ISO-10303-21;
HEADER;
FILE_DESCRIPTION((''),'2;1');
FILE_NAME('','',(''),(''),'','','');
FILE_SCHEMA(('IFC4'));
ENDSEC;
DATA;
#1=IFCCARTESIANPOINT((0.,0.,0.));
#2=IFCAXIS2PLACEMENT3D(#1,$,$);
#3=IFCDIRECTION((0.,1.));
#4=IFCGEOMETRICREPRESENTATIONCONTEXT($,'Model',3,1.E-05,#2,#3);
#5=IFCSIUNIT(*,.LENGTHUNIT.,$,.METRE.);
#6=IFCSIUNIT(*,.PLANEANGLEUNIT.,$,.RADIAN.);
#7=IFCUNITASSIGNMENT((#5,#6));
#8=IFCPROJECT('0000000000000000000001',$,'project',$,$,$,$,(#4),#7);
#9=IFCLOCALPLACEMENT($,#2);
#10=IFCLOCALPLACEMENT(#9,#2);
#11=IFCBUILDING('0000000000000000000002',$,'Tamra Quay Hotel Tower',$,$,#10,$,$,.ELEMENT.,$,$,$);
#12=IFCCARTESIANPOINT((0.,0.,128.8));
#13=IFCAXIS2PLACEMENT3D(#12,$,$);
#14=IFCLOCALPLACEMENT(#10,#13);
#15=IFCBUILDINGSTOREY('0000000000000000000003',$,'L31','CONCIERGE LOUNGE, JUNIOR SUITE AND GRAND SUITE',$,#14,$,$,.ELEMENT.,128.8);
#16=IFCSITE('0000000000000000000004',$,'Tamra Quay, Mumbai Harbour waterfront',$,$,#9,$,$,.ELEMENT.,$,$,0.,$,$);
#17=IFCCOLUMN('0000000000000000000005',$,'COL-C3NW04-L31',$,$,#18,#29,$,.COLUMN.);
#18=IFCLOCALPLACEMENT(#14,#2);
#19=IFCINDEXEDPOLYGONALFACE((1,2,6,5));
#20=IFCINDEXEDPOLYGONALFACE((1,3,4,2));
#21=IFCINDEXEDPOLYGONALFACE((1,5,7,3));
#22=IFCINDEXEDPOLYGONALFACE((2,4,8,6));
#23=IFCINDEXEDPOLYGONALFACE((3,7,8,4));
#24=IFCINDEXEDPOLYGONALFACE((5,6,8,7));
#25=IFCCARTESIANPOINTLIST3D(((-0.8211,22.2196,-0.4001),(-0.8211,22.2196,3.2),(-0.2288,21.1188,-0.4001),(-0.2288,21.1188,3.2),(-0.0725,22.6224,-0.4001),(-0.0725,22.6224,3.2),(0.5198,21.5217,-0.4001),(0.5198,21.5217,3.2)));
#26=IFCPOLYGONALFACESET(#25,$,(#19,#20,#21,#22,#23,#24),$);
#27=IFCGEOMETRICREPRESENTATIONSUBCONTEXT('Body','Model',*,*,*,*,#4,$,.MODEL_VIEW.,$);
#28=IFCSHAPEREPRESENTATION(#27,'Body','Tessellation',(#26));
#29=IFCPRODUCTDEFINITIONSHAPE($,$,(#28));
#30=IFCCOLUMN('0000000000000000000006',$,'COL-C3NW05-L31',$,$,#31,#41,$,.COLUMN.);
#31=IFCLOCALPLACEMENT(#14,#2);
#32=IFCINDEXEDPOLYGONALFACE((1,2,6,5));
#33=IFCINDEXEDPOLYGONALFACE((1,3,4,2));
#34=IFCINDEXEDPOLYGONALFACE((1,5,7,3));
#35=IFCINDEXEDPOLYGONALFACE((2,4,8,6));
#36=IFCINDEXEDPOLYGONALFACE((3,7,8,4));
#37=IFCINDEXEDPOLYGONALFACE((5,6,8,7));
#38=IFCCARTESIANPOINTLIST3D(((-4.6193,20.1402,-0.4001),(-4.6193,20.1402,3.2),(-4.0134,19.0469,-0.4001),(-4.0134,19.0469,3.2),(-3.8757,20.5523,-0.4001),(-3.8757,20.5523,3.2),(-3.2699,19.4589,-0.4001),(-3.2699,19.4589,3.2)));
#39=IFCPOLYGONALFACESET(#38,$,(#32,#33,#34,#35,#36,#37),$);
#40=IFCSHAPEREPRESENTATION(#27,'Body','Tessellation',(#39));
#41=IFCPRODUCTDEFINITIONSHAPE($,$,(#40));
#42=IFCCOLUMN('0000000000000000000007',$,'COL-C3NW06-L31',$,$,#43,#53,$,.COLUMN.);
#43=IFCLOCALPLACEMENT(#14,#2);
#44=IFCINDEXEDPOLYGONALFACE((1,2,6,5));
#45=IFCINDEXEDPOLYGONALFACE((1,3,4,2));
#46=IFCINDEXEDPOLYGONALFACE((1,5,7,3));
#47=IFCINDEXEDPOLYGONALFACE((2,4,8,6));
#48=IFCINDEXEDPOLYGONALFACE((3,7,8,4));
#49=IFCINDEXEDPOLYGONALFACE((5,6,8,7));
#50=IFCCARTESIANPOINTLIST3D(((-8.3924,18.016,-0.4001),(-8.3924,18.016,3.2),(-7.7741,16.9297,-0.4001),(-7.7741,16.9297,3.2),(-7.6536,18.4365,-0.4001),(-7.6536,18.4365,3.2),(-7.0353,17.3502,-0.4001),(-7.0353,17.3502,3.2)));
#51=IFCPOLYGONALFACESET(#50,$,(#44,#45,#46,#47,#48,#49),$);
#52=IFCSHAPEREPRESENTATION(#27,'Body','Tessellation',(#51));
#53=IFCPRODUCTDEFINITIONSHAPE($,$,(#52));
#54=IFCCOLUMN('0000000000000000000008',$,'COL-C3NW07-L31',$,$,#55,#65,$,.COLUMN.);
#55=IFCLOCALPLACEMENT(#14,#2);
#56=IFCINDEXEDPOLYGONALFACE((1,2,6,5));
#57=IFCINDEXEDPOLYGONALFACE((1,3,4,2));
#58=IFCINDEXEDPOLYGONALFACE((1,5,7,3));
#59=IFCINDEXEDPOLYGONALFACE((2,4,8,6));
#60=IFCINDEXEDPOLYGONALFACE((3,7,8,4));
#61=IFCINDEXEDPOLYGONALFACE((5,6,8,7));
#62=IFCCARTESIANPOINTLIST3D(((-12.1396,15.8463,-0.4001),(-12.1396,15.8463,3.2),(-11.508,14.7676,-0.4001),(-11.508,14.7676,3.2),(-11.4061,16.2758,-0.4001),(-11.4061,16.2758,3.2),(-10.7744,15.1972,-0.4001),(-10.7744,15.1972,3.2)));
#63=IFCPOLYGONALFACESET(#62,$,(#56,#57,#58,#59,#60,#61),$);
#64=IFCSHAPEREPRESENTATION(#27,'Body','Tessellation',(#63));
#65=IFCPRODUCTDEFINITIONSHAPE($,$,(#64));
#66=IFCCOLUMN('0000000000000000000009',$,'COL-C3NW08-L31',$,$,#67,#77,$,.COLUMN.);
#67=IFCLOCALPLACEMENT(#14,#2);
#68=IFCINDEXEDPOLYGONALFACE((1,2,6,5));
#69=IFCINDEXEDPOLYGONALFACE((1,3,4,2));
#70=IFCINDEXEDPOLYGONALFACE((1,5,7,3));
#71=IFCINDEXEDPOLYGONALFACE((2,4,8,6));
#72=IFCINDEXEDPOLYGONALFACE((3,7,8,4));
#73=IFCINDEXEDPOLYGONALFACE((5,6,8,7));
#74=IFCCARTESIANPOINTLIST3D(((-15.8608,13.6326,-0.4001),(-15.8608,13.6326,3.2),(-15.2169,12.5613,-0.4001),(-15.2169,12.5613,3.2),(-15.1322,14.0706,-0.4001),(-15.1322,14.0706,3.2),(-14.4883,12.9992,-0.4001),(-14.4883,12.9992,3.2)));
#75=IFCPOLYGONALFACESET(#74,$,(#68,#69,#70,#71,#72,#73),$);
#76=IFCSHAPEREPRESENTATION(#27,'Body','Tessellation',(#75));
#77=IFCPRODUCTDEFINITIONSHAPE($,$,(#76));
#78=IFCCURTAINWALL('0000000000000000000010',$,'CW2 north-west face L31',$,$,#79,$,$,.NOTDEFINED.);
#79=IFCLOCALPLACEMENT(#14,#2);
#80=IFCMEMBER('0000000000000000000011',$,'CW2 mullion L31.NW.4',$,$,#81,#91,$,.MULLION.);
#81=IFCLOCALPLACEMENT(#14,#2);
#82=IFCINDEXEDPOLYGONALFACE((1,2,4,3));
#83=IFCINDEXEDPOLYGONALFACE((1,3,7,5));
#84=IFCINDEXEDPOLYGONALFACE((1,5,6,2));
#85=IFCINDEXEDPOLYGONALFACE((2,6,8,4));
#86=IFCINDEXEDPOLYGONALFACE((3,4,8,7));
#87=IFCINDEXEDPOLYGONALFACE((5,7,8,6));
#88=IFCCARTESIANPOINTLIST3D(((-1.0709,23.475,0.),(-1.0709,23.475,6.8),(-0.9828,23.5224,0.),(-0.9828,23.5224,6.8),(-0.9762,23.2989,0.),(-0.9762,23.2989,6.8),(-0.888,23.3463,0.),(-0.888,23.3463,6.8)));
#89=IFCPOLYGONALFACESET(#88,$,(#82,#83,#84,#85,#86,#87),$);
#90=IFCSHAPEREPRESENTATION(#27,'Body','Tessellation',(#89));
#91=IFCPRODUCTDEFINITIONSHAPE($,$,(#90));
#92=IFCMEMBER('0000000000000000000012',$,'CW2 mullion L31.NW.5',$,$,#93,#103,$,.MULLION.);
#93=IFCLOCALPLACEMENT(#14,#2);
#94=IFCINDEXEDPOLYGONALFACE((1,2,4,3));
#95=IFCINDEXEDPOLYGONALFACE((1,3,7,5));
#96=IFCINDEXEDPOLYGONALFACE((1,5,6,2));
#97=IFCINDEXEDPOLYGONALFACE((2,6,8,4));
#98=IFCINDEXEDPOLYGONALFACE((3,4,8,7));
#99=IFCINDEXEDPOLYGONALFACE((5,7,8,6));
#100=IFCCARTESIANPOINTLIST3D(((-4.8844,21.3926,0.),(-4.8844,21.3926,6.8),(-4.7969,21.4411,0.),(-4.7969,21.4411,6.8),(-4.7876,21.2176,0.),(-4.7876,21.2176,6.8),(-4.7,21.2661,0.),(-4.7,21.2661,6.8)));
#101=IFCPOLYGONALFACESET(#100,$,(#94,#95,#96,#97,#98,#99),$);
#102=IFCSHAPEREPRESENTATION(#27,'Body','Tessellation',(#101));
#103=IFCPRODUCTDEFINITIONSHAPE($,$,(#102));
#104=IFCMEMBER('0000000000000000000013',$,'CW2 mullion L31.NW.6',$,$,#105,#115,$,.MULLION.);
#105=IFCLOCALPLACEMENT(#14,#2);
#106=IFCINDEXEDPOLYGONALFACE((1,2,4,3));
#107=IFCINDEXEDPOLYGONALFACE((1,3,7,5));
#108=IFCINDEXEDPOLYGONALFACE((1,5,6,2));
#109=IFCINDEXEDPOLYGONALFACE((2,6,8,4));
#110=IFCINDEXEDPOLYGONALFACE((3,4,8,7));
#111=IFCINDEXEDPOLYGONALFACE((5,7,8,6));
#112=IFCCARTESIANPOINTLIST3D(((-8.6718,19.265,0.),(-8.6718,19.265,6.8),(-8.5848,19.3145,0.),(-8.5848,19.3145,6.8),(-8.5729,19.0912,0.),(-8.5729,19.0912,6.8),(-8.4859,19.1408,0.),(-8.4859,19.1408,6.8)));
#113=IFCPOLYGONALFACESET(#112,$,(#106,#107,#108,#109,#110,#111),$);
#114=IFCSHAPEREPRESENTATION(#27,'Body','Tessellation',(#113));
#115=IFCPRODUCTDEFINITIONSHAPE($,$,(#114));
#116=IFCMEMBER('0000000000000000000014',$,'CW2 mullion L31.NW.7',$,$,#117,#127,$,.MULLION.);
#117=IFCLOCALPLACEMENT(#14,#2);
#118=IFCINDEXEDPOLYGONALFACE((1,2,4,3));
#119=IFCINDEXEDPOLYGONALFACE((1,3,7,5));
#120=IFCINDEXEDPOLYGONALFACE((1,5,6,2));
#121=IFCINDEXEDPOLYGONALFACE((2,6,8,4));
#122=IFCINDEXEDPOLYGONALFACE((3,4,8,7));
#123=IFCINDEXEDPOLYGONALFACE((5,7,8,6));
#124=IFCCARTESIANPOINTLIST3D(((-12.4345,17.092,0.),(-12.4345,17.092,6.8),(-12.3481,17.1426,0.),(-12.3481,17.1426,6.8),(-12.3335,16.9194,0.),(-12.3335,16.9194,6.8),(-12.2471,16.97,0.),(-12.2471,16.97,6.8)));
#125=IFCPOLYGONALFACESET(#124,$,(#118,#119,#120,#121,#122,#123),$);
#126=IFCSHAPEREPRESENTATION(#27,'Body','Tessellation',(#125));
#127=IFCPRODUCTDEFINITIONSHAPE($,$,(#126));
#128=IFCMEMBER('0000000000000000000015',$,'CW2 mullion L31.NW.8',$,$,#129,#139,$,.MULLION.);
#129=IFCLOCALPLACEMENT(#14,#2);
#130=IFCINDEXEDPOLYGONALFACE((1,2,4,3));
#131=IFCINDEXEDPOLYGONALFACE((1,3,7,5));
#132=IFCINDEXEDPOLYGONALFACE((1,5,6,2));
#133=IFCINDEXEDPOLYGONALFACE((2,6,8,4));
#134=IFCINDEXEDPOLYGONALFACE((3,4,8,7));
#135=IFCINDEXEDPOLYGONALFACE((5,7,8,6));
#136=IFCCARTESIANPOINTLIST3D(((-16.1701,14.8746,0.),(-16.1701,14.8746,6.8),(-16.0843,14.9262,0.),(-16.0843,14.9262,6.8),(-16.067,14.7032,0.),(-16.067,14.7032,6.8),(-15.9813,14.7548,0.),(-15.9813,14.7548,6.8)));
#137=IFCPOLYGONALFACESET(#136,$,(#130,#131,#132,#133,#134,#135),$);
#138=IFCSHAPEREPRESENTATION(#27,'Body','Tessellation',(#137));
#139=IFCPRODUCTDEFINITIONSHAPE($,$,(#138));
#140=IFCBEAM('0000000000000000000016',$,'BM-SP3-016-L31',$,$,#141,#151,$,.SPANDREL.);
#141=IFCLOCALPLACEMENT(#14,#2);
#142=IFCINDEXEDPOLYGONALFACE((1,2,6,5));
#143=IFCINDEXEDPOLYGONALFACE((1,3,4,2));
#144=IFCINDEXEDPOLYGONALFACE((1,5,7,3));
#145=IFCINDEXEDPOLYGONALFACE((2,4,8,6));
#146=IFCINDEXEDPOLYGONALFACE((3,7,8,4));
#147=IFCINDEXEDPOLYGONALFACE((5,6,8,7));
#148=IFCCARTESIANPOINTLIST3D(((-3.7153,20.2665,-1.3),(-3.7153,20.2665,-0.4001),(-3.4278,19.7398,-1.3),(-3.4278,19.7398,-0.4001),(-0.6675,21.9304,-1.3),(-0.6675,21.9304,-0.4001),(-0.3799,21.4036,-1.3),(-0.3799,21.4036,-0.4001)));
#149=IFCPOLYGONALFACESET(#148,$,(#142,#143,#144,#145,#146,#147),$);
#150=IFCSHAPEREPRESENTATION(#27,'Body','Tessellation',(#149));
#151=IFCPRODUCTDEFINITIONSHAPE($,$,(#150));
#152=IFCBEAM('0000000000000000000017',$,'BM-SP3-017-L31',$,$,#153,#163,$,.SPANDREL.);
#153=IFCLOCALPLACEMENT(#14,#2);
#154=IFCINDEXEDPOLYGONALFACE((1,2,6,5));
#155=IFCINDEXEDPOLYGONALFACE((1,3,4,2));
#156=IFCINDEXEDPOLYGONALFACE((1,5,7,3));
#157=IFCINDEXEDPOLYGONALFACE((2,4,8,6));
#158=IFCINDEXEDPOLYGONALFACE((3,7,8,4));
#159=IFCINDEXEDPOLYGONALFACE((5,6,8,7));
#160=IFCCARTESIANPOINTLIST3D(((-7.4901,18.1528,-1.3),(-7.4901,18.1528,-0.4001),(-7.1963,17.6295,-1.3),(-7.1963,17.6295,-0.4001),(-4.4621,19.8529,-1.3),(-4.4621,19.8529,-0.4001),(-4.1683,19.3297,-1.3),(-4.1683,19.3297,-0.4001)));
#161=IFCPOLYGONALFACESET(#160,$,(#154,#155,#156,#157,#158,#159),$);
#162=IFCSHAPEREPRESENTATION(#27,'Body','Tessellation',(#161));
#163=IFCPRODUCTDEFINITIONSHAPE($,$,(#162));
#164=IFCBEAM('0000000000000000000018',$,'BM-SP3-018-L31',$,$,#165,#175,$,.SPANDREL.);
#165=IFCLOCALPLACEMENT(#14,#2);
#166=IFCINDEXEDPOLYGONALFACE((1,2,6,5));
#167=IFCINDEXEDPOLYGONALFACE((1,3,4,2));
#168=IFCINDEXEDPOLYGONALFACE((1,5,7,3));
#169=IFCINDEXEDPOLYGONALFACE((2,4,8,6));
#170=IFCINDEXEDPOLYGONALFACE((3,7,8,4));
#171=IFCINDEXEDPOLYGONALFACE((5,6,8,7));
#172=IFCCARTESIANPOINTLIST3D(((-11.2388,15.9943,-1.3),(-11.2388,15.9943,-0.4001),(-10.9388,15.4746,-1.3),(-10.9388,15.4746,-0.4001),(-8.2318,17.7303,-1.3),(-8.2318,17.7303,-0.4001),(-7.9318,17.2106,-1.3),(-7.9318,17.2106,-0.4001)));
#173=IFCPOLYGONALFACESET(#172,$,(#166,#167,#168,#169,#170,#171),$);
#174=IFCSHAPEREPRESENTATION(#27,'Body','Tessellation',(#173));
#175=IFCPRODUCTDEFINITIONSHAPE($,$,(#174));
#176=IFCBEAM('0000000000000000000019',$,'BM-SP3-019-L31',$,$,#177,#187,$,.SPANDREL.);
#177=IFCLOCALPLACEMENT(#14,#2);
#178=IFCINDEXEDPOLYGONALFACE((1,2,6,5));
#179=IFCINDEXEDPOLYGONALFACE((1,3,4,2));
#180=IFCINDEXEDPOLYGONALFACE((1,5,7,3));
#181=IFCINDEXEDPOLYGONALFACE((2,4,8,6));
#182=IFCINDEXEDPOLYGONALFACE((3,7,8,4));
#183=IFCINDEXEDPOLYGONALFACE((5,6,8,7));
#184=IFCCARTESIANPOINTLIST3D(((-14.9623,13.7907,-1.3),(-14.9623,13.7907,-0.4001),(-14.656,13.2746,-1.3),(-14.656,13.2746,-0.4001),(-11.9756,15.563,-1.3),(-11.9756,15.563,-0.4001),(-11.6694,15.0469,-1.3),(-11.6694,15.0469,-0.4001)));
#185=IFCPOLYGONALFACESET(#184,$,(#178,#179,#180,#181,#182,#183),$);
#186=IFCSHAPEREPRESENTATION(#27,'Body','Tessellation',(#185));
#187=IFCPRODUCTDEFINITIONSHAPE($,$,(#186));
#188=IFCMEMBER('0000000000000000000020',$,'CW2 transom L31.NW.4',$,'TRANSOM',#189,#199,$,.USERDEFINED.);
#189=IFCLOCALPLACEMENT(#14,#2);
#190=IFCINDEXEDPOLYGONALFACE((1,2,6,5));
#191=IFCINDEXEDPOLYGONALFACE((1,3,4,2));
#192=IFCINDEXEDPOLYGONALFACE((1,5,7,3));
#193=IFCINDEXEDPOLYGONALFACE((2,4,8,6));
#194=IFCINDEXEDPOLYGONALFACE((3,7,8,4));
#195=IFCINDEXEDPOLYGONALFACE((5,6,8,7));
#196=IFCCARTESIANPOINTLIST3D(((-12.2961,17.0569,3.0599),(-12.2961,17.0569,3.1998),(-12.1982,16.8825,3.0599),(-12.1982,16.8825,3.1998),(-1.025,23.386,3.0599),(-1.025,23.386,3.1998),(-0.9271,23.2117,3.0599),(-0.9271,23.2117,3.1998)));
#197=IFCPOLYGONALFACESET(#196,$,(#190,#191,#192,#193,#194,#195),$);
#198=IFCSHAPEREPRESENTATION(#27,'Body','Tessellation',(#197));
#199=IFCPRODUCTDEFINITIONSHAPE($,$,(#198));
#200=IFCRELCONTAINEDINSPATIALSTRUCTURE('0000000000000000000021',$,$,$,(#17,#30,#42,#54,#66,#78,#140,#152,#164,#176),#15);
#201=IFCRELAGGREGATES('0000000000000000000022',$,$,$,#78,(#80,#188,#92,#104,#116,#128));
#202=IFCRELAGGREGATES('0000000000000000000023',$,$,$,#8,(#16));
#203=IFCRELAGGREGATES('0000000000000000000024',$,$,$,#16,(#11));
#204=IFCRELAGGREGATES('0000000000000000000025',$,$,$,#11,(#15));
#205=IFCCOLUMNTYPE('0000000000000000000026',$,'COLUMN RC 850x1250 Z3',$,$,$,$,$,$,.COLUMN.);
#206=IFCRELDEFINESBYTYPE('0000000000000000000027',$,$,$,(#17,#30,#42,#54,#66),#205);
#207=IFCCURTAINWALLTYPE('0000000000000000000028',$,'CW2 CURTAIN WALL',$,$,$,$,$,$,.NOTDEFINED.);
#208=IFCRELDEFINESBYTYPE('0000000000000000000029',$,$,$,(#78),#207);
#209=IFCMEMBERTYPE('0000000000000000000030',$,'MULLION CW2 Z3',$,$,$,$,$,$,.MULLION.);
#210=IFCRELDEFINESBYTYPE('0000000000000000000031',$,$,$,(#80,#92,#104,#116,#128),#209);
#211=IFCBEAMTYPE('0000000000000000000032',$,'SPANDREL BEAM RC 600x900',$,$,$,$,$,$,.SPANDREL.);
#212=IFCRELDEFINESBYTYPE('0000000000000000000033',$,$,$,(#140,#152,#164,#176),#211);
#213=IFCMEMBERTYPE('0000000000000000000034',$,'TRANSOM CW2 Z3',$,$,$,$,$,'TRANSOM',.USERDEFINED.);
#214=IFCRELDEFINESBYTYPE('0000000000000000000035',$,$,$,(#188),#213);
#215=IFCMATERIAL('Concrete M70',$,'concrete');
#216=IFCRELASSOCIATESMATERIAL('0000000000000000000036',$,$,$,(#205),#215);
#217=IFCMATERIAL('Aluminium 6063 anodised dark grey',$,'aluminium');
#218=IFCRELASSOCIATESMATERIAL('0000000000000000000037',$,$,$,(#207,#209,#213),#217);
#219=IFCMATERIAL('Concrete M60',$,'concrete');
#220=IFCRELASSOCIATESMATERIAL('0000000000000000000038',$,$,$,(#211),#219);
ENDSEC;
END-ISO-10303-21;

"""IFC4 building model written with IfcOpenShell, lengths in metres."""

from ifc_helpers import new_model, si_unit, direction, frame, origin, origin_2d, place, context, subcontext, project, spatial, rectangle, extrude, material, material_profile, profile_set, type_object, element, aggregate, save


model = new_model("IFC4")

# Units and contexts
model_context = context("Model", 3, precision=1e-05, world=origin(), true_north=direction((0.0, 1.0)))
body_context = subcontext(model_context, "Body", "Model", "MODEL_VIEW")
ifc_project = project(units=[si_unit("LENGTHUNIT", "METRE"), si_unit("PLANEANGLEUNIT", "RADIAN")], contexts=[model_context])

# Site, building, storey
site_placement = place(None, origin())
site = spatial("IfcSite", under=ifc_project, at=site_placement, Name="Tamra Quay, Mumbai Harbour waterfront", CompositionType="ELEMENT", RefElevation=0.0)
building_placement = place(site_placement, origin())
building = spatial("IfcBuilding", under=site, at=building_placement, Name="Tamra Quay Hotel Tower", CompositionType="ELEMENT")
storey_placement = place(building_placement, frame((0.0, 0.0, 128.8)))
storey = spatial("IfcBuildingStorey", under=building, at=storey_placement, Name="L31", Description="CONCIERGE LOUNGE, JUNIOR SUITE AND GRAND SUITE", CompositionType="ELEMENT", Elevation=128.8)

# Columns
ifc_material_1 = material(Name="Concrete M70", Category="concrete")
ifc_material_profile_1 = material_profile(ifc_material_1, rectangle(XDim=1.25, YDim=0.8501, at=origin_2d()), Name="COLUMN RC 850x1250 Z3")
ifc_profile_set_1 = profile_set([ifc_material_profile_1], Name="Concrete M70")
column_type = type_object("IfcColumnType", Name="COLUMN RC 850x1250 Z3", PredefinedType="COLUMN", material=ifc_profile_set_1)
for number, where, z_axis, x_axis, name in (
    (1, (-0.1506, 21.8706, -0.4001), (0.0, 0.0, 1.0), (-0.473876, 0.880592, 0.0), "COL-C3NW04-L31"),
    (2, (-3.9446, 19.7996, -0.4001), (0.0, 0.0, 1.0), (-0.484683, 0.87469, 0.0), "COL-C3NW05-L31"),
    (3, (-7.7139, 17.6831, -0.4001), (0.0, 0.0, 1.0), (-0.494656, 0.869089, 0.0), "COL-C3NW06-L31"),
    (4, (-11.457, 15.5217, -0.4001), (0.0, 0.0, 1.0), (-0.505325, 0.862929, 0.0), "COL-C3NW07-L31"),
    (5, (-15.1746, 13.3159, -0.4001), (0.0, 0.0, 1.0), (-0.515162, 0.857093, 0.0), "COL-C3NW08-L31"),
):
    element("IfcColumn", number, at=place(storey_placement, frame(where, z_axis=z_axis, x_axis=x_axis)), inside=storey, type_object=column_type, Name=name, PredefinedType="COLUMN", context=body_context, shape_type="SweptSolid", body=[
        extrude(rectangle(XDim=1.25, YDim=0.8501, at=origin_2d()), origin(), (0.0, 0.0, 1.0), 3.6001),
    ])

# Curtain wall, members
ifc_material_2 = material(Name="Aluminium 6063 anodised dark grey", Category="aluminium")
curtain_wall_type = type_object("IfcCurtainWallType", Name="CW2 CURTAIN WALL", PredefinedType="NOTDEFINED", material=ifc_material_2)
curtain_wall_placement = place(storey_placement, origin())
curtain_wall = element("IfcCurtainWall", 6, at=curtain_wall_placement, inside=storey, type_object=curtain_wall_type, Name="CW2 north-west face L31", PredefinedType="NOTDEFINED")
ifc_material_profile_2 = material_profile(ifc_material_2, rectangle(XDim=0.2, YDim=0.1001, at=origin_2d()), Name="MULLION 100X200")
ifc_profile_set_2 = profile_set([ifc_material_profile_2], Name="Aluminium 6063 anodised dark grey")
member_type_1 = type_object("IfcMemberType", Name="MULLION CW2 Z3", PredefinedType="MULLION", material=ifc_profile_set_2)
member_1_placement = place(storey_placement, frame((-0.9795, 23.4106, 0.0), z_axis=(0.0, 0.0, 1.0), x_axis=(-0.473908, 0.880574, 0.0)))
member_1 = element("IfcMember", 7, at=member_1_placement, type_object=member_type_1, Name="CW2 mullion L31.NW.4", PredefinedType="MULLION", context=body_context, shape_type="SweptSolid", body=[
    extrude(rectangle(XDim=0.2, YDim=0.1001, at=origin_2d()), origin(), (0.0, 0.0, 1.0), 6.8),
])
member_2_placement = place(storey_placement, frame((-4.7922, 21.3293, 0.0), z_axis=(0.0, 0.0, 1.0), x_axis=(-0.484394, 0.87485, 0.0)))
member_2 = element("IfcMember", 8, at=member_2_placement, type_object=member_type_1, Name="CW2 mullion L31.NW.5", PredefinedType="MULLION", context=body_context, shape_type="SweptSolid", body=[
    extrude(rectangle(XDim=0.2, YDim=0.1001, at=origin_2d()), origin(), (0.0, 0.0, 1.0), 6.8),
])
member_3_placement = place(storey_placement, frame((-8.5789, 19.2029, 0.0), z_axis=(0.0, 0.0, 1.0), x_axis=(-0.494813, 0.868999, 0.0)))
member_3 = element("IfcMember", 9, at=member_3_placement, type_object=member_type_1, Name="CW2 mullion L31.NW.6", PredefinedType="MULLION", context=body_context, shape_type="SweptSolid", body=[
    extrude(rectangle(XDim=0.2, YDim=0.1001, at=origin_2d()), origin(), (0.0, 0.0, 1.0), 6.8),
])
member_4_placement = place(storey_placement, frame((-12.3408, 17.031, 0.0), z_axis=(0.0, 0.0, 1.0), x_axis=(-0.505169, 0.863021, 0.0)))
member_4 = element("IfcMember", 10, at=member_4_placement, type_object=member_type_1, Name="CW2 mullion L31.NW.7", PredefinedType="MULLION", context=body_context, shape_type="SweptSolid", body=[
    extrude(rectangle(XDim=0.2, YDim=0.1001, at=origin_2d()), origin(), (0.0, 0.0, 1.0), 6.8),
])
member_5_placement = place(storey_placement, frame((-16.0757, 14.8147, 0.0), z_axis=(0.0, 0.0, 1.0), x_axis=(-0.515445, 0.856923, 0.0)))
member_5 = element("IfcMember", 11, at=member_5_placement, type_object=member_type_1, Name="CW2 mullion L31.NW.8", PredefinedType="MULLION", context=body_context, shape_type="SweptSolid", body=[
    extrude(rectangle(XDim=0.2, YDim=0.1001, at=origin_2d()), origin(), (0.0, 0.0, 1.0), 6.8),
])

# Beams
ifc_material_3 = material(Name="Concrete M60", Category="concrete")
ifc_material_profile_3 = material_profile(ifc_material_3, rectangle(XDim=0.6001, YDim=0.8999, at=origin_2d()), Name="SPANDREL BEAM RC 600x900")
ifc_profile_set_3 = profile_set([ifc_material_profile_3], Name="Concrete M60")
beam_type = type_object("IfcBeamType", Name="SPANDREL BEAM RC 600x900", PredefinedType="SPANDREL", material=ifc_profile_set_3)
beam_1_placement = place(storey_placement, frame((-0.5237, 21.667, -0.8501), z_axis=(-0.877732, -0.479153, 0.0), x_axis=(0.479153, -0.877732, 0.0)))
element("IfcBeam", 12, at=beam_1_placement, inside=storey, type_object=beam_type, Name="BM-SP3-016-L31", PredefinedType="SPANDREL", context=body_context, shape_type="SweptSolid", body=[
    extrude(rectangle(XDim=0.6001, YDim=0.8999, at=origin_2d()), origin(), (0.0, 0.0, 1.0), 3.4724),
])
beam_2_placement = place(storey_placement, frame((-4.3152, 19.5913, -0.8501), z_axis=(-0.871956, -0.489584, 0.0), x_axis=(0.489584, -0.871956, 0.0)))
element("IfcBeam", 13, at=beam_2_placement, inside=storey, type_object=beam_type, Name="BM-SP3-017-L31", PredefinedType="SPANDREL", context=body_context, shape_type="SweptSolid", body=[
    extrude(rectangle(XDim=0.6001, YDim=0.8999, at=origin_2d()), origin(), (0.0, 0.0, 1.0), 3.4727),
])
beam_3_placement = place(storey_placement, frame((-8.0818, 17.4705, -0.8501), z_axis=(-0.866032, -0.499988, 0.0), x_axis=(0.499988, -0.866032, 0.0)))
element("IfcBeam", 14, at=beam_3_placement, inside=storey, type_object=beam_type, Name="BM-SP3-018-L31", PredefinedType="SPANDREL", context=body_context, shape_type="SweptSolid", body=[
    extrude(rectangle(XDim=0.6001, YDim=0.8999, at=origin_2d()), origin(), (0.0, 0.0, 1.0), 3.4722),
])
beam_4_placement = place(storey_placement, frame((-11.8225, 15.3049, -0.8501), z_axis=(-0.859989, -0.510313, 0.0), x_axis=(0.510313, -0.859989, 0.0)))
element("IfcBeam", 15, at=beam_4_placement, inside=storey, type_object=beam_type, Name="BM-SP3-019-L31", PredefinedType="SPANDREL", context=body_context, shape_type="SweptSolid", body=[
    extrude(rectangle(XDim=0.6001, YDim=0.8999, at=origin_2d()), origin(), (0.0, 0.0, 1.0), 3.4729),
])

# Member
ifc_material_profile_4 = material_profile(ifc_material_2, rectangle(XDim=0.2, YDim=0.1399, at=origin_2d()), Name="TRANSOM 200X140")
ifc_profile_set_4 = profile_set([ifc_material_profile_4], Name="Aluminium 6063 anodised dark grey")
member_type_2 = type_object("IfcMemberType", Name="TRANSOM CW2 Z3", ElementType="TRANSOM", PredefinedType="USERDEFINED", material=ifc_profile_set_4)
member_6_placement = place(storey_placement, frame((-0.9761, 23.2988, 3.1299), z_axis=(-0.871933, -0.489624, 0.0), x_axis=(0.489624, -0.871933, 0.0)))
member_6 = element("IfcMember", 16, at=member_6_placement, type_object=member_type_2, Name="CW2 transom L31.NW.4", ObjectType="TRANSOM", PredefinedType="USERDEFINED", context=body_context, shape_type="SweptSolid", body=[
    extrude(rectangle(XDim=0.2, YDim=0.1399, at=origin_2d()), origin(), (0.0, 0.0, 1.0), 12.9265),
])

aggregate(curtain_wall, [member_1, member_6, member_2, member_3, member_4, member_5])

save(model, "model.ifc")
